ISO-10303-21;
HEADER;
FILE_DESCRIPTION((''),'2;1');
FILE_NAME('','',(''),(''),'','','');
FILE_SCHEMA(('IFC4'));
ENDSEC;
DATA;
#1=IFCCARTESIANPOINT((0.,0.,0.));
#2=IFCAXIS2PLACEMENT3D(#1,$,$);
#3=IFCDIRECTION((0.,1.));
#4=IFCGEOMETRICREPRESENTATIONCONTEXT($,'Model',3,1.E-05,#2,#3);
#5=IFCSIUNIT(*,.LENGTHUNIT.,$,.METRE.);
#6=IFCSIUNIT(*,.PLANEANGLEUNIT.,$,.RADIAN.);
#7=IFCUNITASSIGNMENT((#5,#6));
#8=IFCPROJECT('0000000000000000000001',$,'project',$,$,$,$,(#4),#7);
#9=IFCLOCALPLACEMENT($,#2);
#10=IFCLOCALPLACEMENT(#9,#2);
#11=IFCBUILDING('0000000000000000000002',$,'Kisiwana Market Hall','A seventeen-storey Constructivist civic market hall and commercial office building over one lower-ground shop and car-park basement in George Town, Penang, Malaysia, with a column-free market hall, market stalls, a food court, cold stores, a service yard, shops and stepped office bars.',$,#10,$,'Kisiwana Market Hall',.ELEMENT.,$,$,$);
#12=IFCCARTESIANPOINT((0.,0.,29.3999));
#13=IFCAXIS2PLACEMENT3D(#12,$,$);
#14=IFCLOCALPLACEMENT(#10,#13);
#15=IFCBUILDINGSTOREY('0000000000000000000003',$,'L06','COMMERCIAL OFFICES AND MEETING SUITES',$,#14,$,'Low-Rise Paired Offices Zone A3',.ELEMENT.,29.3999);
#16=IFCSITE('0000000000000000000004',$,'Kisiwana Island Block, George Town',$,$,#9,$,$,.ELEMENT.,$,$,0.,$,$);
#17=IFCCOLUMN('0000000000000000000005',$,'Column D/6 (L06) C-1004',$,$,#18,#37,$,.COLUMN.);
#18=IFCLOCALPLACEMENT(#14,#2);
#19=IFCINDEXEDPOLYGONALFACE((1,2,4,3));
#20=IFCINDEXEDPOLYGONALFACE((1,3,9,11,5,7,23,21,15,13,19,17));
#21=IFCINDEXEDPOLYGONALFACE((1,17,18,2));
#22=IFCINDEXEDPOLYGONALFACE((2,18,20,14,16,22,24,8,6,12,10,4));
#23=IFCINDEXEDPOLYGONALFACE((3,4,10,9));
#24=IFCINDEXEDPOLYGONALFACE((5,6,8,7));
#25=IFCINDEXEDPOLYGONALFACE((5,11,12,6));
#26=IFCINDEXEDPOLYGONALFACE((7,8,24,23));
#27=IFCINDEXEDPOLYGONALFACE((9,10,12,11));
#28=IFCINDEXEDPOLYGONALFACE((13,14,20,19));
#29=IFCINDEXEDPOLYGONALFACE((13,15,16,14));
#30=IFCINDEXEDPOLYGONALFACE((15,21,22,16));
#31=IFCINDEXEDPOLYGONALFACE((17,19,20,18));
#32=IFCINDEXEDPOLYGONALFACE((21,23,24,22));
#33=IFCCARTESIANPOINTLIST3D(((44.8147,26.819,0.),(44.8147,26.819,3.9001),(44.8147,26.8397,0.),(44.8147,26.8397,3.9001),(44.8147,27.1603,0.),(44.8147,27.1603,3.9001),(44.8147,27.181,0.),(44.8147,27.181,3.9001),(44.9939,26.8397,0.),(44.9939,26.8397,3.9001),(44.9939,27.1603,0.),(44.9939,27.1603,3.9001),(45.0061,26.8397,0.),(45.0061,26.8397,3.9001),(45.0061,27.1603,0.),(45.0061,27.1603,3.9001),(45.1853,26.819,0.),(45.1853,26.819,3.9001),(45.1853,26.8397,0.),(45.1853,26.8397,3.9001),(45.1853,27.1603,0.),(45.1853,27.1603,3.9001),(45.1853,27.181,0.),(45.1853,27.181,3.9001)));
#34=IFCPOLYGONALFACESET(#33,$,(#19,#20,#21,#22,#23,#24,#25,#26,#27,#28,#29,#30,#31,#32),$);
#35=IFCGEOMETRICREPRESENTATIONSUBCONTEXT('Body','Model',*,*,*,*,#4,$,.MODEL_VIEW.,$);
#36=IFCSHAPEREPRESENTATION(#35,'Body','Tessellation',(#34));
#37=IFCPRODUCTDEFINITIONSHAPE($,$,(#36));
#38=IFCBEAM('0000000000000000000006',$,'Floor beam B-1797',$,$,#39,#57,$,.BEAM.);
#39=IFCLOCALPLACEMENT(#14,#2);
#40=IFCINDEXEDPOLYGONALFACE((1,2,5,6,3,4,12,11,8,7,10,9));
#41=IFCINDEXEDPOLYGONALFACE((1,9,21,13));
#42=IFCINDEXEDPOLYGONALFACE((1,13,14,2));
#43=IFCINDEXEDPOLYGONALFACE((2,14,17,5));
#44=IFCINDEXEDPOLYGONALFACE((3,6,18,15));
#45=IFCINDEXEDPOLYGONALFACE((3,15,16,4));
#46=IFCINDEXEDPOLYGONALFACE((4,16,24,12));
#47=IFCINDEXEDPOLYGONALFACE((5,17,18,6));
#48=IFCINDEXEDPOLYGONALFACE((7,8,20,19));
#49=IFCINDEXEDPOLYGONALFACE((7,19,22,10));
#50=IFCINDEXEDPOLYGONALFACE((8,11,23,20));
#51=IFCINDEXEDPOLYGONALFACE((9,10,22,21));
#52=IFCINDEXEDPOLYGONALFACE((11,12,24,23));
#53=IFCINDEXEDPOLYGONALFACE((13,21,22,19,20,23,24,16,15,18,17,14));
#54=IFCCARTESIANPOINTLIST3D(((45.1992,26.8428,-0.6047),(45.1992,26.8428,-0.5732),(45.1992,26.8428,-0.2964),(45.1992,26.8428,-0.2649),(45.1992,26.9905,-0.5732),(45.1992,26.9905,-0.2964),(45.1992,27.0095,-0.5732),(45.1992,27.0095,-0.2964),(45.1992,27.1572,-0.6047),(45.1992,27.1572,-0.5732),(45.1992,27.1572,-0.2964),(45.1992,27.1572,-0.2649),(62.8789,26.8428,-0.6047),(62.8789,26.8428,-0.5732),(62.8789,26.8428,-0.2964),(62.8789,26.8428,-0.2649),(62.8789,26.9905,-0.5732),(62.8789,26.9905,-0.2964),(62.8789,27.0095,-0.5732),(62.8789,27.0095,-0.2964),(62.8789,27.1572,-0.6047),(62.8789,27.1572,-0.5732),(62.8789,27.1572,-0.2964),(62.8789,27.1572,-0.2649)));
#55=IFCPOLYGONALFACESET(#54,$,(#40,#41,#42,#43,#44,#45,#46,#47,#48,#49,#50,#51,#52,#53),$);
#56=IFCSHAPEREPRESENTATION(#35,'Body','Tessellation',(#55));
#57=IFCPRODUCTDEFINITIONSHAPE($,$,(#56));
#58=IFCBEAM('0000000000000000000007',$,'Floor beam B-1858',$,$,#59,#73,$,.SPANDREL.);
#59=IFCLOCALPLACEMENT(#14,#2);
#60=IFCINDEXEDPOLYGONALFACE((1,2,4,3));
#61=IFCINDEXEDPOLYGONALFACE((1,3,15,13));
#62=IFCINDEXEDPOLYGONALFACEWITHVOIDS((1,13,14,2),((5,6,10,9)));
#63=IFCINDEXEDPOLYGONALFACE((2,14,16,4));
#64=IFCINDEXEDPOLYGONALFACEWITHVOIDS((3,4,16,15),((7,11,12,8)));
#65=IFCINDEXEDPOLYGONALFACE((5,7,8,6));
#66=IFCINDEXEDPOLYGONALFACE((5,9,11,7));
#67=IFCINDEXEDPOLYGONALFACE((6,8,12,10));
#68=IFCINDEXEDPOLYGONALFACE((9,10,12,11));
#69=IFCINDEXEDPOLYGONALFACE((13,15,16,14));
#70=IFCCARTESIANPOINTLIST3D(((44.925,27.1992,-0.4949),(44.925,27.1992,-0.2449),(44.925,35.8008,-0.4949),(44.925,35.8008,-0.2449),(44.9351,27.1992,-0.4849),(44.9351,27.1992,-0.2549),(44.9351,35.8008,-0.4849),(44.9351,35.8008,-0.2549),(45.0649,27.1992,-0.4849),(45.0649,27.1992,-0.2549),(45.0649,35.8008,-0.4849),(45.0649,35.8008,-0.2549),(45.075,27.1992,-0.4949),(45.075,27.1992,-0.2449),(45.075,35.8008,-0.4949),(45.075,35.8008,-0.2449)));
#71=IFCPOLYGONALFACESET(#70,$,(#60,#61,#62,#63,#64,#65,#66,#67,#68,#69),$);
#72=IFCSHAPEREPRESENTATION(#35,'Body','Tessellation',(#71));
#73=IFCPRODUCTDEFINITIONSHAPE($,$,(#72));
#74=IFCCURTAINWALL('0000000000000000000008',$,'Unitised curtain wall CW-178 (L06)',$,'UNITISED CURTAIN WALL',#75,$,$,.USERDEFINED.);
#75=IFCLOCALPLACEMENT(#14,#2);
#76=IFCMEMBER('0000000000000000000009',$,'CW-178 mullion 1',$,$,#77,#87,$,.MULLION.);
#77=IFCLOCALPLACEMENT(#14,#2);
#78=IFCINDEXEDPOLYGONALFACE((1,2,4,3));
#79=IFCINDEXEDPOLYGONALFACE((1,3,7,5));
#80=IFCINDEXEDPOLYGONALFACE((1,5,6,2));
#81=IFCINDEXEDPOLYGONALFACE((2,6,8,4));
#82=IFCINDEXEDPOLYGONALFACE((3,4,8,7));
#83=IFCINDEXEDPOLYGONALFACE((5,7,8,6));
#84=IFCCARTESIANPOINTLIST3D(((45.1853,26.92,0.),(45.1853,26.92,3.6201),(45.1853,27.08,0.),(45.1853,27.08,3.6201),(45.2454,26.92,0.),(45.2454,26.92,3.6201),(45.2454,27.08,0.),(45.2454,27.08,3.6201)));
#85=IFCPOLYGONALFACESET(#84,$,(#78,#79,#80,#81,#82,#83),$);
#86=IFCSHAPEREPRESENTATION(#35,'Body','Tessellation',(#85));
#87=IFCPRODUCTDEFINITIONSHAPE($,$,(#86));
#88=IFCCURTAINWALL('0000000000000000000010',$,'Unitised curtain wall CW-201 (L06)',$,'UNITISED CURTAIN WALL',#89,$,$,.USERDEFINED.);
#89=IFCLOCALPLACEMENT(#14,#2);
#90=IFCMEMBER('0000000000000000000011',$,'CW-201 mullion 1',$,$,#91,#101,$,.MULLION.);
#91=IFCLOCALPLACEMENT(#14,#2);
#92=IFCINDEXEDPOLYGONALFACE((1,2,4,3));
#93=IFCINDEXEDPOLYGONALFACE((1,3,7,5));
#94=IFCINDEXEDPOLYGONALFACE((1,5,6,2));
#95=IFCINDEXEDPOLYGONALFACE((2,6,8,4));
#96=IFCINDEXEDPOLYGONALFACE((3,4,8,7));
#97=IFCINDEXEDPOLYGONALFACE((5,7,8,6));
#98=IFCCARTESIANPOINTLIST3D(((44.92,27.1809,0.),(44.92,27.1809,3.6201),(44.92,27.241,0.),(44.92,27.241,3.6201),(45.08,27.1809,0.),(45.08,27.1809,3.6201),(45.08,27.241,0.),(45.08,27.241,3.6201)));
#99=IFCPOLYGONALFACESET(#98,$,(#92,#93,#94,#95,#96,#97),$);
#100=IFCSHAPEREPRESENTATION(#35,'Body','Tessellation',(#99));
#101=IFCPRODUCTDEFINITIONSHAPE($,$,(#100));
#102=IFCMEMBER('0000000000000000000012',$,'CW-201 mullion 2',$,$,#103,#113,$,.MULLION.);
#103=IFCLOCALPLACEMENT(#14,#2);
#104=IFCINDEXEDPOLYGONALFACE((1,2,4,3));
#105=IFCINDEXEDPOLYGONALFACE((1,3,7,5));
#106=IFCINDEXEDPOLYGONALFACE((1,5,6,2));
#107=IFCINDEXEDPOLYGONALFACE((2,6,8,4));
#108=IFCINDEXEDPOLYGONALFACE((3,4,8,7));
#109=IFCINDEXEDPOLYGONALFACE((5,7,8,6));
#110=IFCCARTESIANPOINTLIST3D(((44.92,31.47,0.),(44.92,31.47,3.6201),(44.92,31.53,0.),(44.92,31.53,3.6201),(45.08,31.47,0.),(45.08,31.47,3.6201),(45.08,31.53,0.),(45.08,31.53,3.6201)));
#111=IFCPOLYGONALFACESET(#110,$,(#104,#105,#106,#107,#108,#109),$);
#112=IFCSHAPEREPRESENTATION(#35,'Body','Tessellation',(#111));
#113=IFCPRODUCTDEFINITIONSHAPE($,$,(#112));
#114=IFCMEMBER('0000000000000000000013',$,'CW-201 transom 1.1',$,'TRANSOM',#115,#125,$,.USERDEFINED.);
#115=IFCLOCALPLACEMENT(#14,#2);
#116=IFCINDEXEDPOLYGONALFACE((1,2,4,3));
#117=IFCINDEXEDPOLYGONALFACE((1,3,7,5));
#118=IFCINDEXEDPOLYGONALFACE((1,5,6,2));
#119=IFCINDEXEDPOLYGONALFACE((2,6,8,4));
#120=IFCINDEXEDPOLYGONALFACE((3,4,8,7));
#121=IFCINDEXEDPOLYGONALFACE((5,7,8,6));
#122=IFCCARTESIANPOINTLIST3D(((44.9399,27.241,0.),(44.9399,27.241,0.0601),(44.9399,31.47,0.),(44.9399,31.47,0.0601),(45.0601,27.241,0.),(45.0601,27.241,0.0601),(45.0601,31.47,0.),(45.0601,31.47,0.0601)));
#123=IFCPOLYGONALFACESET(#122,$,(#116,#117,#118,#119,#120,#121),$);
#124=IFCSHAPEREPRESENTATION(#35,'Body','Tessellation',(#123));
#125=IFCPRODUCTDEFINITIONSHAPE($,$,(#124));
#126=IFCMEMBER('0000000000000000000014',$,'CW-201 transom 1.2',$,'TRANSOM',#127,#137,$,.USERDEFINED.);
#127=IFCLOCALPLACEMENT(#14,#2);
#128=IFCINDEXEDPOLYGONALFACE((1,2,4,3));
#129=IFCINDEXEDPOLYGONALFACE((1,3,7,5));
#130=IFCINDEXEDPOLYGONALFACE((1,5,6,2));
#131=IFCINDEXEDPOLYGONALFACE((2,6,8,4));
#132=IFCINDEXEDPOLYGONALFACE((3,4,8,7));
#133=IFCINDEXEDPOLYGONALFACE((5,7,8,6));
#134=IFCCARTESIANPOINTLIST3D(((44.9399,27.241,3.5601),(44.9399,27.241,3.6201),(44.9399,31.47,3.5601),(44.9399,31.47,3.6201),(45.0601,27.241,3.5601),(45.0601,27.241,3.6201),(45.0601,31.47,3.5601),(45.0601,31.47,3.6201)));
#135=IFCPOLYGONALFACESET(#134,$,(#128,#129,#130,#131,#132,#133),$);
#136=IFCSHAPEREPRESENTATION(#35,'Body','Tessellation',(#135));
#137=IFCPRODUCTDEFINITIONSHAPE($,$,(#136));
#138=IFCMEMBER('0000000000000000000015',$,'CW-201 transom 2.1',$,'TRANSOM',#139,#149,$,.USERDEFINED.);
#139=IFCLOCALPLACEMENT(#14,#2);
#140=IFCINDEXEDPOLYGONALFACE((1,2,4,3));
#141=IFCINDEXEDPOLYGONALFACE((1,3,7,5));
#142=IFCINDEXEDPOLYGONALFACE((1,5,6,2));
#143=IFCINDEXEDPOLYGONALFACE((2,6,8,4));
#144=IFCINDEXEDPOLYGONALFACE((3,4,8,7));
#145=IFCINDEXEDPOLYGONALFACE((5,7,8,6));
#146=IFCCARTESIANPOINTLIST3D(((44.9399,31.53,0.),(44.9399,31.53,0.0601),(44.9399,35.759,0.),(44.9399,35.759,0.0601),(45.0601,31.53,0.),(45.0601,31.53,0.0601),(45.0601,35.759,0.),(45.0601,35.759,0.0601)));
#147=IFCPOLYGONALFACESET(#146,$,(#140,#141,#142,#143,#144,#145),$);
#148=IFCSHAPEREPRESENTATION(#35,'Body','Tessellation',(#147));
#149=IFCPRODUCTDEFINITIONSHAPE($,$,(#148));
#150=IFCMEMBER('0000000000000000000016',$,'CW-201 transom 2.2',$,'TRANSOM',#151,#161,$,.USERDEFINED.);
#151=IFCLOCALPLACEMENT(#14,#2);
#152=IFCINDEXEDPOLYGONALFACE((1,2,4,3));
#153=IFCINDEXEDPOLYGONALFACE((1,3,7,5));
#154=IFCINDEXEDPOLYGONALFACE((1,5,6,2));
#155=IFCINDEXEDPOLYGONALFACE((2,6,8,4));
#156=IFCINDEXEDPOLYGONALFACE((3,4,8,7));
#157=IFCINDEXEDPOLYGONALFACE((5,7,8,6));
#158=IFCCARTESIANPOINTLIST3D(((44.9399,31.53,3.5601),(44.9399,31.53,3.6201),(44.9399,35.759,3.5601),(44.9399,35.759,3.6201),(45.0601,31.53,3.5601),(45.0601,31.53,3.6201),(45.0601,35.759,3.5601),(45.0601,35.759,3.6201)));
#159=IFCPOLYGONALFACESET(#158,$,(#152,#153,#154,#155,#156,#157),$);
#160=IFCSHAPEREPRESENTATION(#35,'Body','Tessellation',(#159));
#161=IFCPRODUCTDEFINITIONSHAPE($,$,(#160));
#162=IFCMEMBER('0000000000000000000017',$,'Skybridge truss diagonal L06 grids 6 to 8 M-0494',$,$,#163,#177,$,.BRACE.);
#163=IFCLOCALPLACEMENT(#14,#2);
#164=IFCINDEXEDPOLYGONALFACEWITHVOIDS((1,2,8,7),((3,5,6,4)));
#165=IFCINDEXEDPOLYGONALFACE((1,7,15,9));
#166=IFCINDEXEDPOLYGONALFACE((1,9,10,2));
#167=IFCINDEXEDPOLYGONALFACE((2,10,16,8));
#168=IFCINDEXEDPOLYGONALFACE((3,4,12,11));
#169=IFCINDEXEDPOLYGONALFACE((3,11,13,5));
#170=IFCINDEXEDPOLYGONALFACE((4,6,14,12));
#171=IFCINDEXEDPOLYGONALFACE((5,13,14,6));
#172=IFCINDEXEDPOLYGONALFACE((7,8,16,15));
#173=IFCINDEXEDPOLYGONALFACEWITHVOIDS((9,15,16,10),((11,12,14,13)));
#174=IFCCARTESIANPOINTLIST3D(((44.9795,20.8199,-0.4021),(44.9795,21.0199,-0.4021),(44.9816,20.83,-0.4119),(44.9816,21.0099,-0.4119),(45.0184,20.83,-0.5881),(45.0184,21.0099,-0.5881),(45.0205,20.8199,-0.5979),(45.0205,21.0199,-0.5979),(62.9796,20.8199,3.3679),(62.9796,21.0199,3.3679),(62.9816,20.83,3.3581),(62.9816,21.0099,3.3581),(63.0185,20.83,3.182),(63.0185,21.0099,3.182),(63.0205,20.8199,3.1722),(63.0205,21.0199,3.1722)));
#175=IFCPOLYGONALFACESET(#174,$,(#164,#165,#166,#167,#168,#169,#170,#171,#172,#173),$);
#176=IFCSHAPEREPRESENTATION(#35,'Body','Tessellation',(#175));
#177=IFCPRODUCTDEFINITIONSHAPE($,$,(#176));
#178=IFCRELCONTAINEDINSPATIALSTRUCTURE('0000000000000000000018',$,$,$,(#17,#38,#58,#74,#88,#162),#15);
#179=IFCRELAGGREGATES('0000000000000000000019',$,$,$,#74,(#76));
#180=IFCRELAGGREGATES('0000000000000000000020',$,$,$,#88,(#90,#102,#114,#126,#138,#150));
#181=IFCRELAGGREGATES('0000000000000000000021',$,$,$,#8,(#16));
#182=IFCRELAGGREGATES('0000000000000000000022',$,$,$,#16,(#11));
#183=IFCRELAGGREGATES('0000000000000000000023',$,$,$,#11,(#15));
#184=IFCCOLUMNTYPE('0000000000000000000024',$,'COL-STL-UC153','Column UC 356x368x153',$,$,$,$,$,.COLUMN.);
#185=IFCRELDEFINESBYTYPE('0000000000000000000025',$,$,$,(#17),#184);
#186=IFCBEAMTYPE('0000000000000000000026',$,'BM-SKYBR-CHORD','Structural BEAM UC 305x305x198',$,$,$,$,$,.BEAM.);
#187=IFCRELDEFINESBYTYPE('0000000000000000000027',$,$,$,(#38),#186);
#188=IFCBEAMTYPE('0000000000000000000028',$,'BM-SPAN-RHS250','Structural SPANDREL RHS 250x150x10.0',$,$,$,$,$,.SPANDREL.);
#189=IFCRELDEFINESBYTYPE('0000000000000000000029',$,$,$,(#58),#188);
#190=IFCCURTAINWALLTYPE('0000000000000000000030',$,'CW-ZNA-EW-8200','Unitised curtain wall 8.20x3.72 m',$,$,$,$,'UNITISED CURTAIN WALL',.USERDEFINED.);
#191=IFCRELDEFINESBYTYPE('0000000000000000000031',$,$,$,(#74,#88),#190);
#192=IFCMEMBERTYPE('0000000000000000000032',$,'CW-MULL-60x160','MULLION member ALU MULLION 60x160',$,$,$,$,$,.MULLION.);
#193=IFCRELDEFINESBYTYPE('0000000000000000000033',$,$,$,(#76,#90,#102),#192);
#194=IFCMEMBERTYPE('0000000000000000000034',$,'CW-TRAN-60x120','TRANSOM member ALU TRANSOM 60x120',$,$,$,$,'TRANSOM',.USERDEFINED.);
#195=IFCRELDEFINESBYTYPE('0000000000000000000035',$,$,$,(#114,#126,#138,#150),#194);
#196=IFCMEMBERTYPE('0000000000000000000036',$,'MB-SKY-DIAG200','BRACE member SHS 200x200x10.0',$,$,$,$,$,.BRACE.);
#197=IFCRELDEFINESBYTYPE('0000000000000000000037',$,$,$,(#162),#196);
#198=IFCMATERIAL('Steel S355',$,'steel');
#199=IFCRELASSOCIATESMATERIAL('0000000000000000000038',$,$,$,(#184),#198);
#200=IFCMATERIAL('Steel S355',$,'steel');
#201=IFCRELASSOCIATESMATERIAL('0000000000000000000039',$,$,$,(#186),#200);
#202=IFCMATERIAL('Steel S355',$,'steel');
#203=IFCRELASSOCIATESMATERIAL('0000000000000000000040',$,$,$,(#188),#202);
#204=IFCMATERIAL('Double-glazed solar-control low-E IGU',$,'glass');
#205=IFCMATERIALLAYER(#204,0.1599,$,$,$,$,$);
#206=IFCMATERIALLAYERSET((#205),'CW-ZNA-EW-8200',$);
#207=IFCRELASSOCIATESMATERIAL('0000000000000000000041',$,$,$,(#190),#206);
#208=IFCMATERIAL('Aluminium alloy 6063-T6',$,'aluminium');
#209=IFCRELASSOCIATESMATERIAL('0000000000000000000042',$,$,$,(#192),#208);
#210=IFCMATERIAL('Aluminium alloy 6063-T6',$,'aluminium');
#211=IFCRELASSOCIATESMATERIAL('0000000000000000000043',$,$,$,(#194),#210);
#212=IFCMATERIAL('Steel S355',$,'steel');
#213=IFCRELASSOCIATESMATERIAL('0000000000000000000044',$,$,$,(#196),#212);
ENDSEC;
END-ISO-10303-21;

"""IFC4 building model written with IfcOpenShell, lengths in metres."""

from ifc_helpers import new_model, si_unit, direction, frame, origin, origin_2d, place, context, subcontext, project, spatial, rectangle, hollow_rectangle, i_section, extrude, material, layer, layer_set, material_profile, profile_set, type_object, element, aggregate, save


model = new_model("IFC4")

# Units and contexts
model_context = context("Model", 3, precision=1e-05, world=origin(), true_north=direction((0.0, 1.0)))
body_context = subcontext(model_context, "Body", "Model", "MODEL_VIEW")
ifc_project = project(units=[si_unit("LENGTHUNIT", "METRE"), si_unit("PLANEANGLEUNIT", "RADIAN")], contexts=[model_context])

# Site, building, storey
site_placement = place(None, origin())
site = spatial("IfcSite", under=ifc_project, at=site_placement, Name="Kisiwana Island Block, George Town", CompositionType="ELEMENT", RefElevation=0.0)
building_placement = place(site_placement, origin())
building = spatial("IfcBuilding", under=site, at=building_placement, Name="Kisiwana Market Hall", Description="A seventeen-storey Constructivist civic market hall and commercial office building over one lower-ground shop and car-park basement in George Town, Penang, Malaysia, with a column-free market hall, market stalls, a food court, cold stores, a service yard, shops and stepped office bars.", LongName="Kisiwana Market Hall", CompositionType="ELEMENT")
storey_placement = place(building_placement, frame((0.0, 0.0, 29.3999)))
storey = spatial("IfcBuildingStorey", under=building, at=storey_placement, Name="L06", Description="COMMERCIAL OFFICES AND MEETING SUITES", LongName="Low-Rise Paired Offices Zone A3", CompositionType="ELEMENT", Elevation=29.3999)

# Column
ifc_material_1 = material(Name="Steel S355", Category="steel")
ifc_material_profile_1 = material_profile(ifc_material_1, i_section(OverallWidth=0.3706, OverallDepth=0.3621, WebThickness=0.0122, FlangeThickness=0.0208, at=origin_2d()), Name="UC 356x368x153")
ifc_profile_set_1 = profile_set([ifc_material_profile_1], Name="Steel S355")
column_type = type_object("IfcColumnType", Name="COL-STL-UC153", Description="Column UC 356x368x153", PredefinedType="COLUMN", material=ifc_profile_set_1)
column_placement = place(storey_placement, frame((45.0, 27.0, 0.0), z_axis=(0.0, 0.0, 1.0), x_axis=(1.0, 0.0, 0.0)))
element("IfcColumn", 1, at=column_placement, inside=storey, type_object=column_type, Name="Column D/6 (L06) C-1004", PredefinedType="COLUMN", context=body_context, shape_type="SweptSolid", body=[
    extrude(i_section(OverallWidth=0.3706, OverallDepth=0.3621, WebThickness=0.0122, FlangeThickness=0.0208, at=origin_2d()), origin(), (0.0, 0.0, 1.0), 3.9001),
])

# Beams
ifc_material_2 = material(Name="Steel S355", Category="steel")
ifc_material_profile_2 = material_profile(ifc_material_2, i_section(OverallWidth=0.3145, OverallDepth=0.3398, WebThickness=0.019, FlangeThickness=0.0315, at=origin_2d()), Name="UC 305x305x198")
ifc_profile_set_2 = profile_set([ifc_material_profile_2], Name="Steel S355")
beam_type_1 = type_object("IfcBeamType", Name="BM-SKYBR-CHORD", Description="Structural BEAM UC 305x305x198", PredefinedType="BEAM", material=ifc_profile_set_2)
beam_1_placement = place(storey_placement, frame((45.1992, 27.0, -0.4348), z_axis=(1.0, 0.0, 0.0), x_axis=(0.0, 1.0, 0.0)))
element("IfcBeam", 2, at=beam_1_placement, inside=storey, type_object=beam_type_1, Name="Floor beam B-1797", PredefinedType="BEAM", context=body_context, shape_type="SweptSolid", body=[
    extrude(i_section(OverallWidth=0.3145, OverallDepth=0.3398, WebThickness=0.019, FlangeThickness=0.0315, at=origin_2d()), origin(), (0.0, 0.0, 1.0), 17.6797),
])
ifc_material_3 = material(Name="Steel S355", Category="steel")
ifc_material_profile_3 = material_profile(ifc_material_3, hollow_rectangle(XDim=0.1499, YDim=0.25, WallThickness=0.01, at=origin_2d()), Name="RHS 250x150x10.0")
ifc_profile_set_3 = profile_set([ifc_material_profile_3], Name="Steel S355")
beam_type_2 = type_object("IfcBeamType", Name="BM-SPAN-RHS250", Description="Structural SPANDREL RHS 250x150x10.0", PredefinedType="SPANDREL", material=ifc_profile_set_3)
beam_2_placement = place(storey_placement, frame((45.0, 27.1992, -0.3699), z_axis=(0.0, 1.0, 0.0), x_axis=(-1.0, 0.0, 0.0)))
element("IfcBeam", 3, at=beam_2_placement, inside=storey, type_object=beam_type_2, Name="Floor beam B-1858", PredefinedType="SPANDREL", context=body_context, shape_type="SweptSolid", body=[
    extrude(hollow_rectangle(XDim=0.1499, YDim=0.25, WallThickness=0.01, at=origin_2d()), origin(), (0.0, 0.0, 1.0), 8.6016),
])

# Curtain wall, member
ifc_material_4 = material(Name="Double-glazed solar-control low-E IGU", Category="glass")
ifc_layer_1 = layer(ifc_material_4, 0.1599)
ifc_layer_set_1 = layer_set([ifc_layer_1], Name="CW-ZNA-EW-8200")
curtain_wall_type = type_object("IfcCurtainWallType", Name="CW-ZNA-EW-8200", Description="Unitised curtain wall 8.20x3.72 m", ElementType="UNITISED CURTAIN WALL", PredefinedType="USERDEFINED", material=ifc_layer_set_1)
curtain_wall_1_placement = place(storey_placement, origin())
curtain_wall_1 = element("IfcCurtainWall", 4, at=curtain_wall_1_placement, inside=storey, type_object=curtain_wall_type, Name="Unitised curtain wall CW-178 (L06)", ObjectType="UNITISED CURTAIN WALL", PredefinedType="USERDEFINED")
ifc_material_5 = material(Name="Aluminium alloy 6063-T6", Category="aluminium")
ifc_material_profile_4 = material_profile(ifc_material_5, rectangle(XDim=0.0601, YDim=0.1599, at=origin_2d()), Name="ALU MULLION 60x160")
ifc_profile_set_4 = profile_set([ifc_material_profile_4], Name="Aluminium alloy 6063-T6")
member_type_1 = type_object("IfcMemberType", Name="CW-MULL-60x160", Description="MULLION member ALU MULLION 60x160", PredefinedType="MULLION", material=ifc_profile_set_4)
member_1_placement = place(storey_placement, frame((45.2153, 27.0, 0.0), z_axis=(0.0, 0.0, 1.0), x_axis=(1.0, 0.0, 0.0)))
member_1 = element("IfcMember", 5, at=member_1_placement, type_object=member_type_1, Name="CW-178 mullion 1", PredefinedType="MULLION", context=body_context, shape_type="SweptSolid", body=[
    extrude(rectangle(XDim=0.0601, YDim=0.1599, at=origin_2d()), origin(), (0.0, 0.0, 1.0), 3.6201),
])
aggregate(curtain_wall_1, [member_1])

# Curtain wall, members
curtain_wall_2_placement = place(storey_placement, origin())
curtain_wall_2 = element("IfcCurtainWall", 6, at=curtain_wall_2_placement, inside=storey, type_object=curtain_wall_type, Name="Unitised curtain wall CW-201 (L06)", ObjectType="UNITISED CURTAIN WALL", PredefinedType="USERDEFINED")
member_2_placement = place(storey_placement, frame((45.0, 27.2109, 0.0), z_axis=(0.0, 0.0, 1.0), x_axis=(0.0, 1.0, 0.0)))
member_2 = element("IfcMember", 7, at=member_2_placement, type_object=member_type_1, Name="CW-201 mullion 1", PredefinedType="MULLION", context=body_context, shape_type="SweptSolid", body=[
    extrude(rectangle(XDim=0.0601, YDim=0.1599, at=origin_2d()), origin(), (0.0, 0.0, 1.0), 3.6201),
])
member_3_placement = place(storey_placement, frame((45.0, 31.5, 0.0), z_axis=(0.0, 0.0, 1.0), x_axis=(0.0, 1.0, 0.0)))
member_3 = element("IfcMember", 8, at=member_3_placement, type_object=member_type_1, Name="CW-201 mullion 2", PredefinedType="MULLION", context=body_context, shape_type="SweptSolid", body=[
    extrude(rectangle(XDim=0.0601, YDim=0.1599, at=origin_2d()), origin(), (0.0, 0.0, 1.0), 3.6201),
])
ifc_material_6 = material(Name="Aluminium alloy 6063-T6", Category="aluminium")
ifc_material_profile_5 = material_profile(ifc_material_6, rectangle(XDim=0.1201, YDim=0.0601, at=origin_2d()), Name="ALU TRANSOM 60x120")
ifc_profile_set_5 = profile_set([ifc_material_profile_5], Name="Aluminium alloy 6063-T6")
member_type_2 = type_object("IfcMemberType", Name="CW-TRAN-60x120", Description="TRANSOM member ALU TRANSOM 60x120", ElementType="TRANSOM", PredefinedType="USERDEFINED", material=ifc_profile_set_5)
member_4_placement = place(storey_placement, frame((45.0, 27.241, 0.03), z_axis=(0.0, 1.0, 0.0), x_axis=(-1.0, 0.0, 0.0)))
member_4 = element("IfcMember", 9, at=member_4_placement, type_object=member_type_2, Name="CW-201 transom 1.1", ObjectType="TRANSOM", PredefinedType="USERDEFINED", context=body_context, shape_type="SweptSolid", body=[
    extrude(rectangle(XDim=0.1201, YDim=0.0601, at=origin_2d()), origin(), (0.0, 0.0, 1.0), 4.229),
])
member_5_placement = place(storey_placement, frame((45.0, 27.241, 3.5901), z_axis=(0.0, 1.0, 0.0), x_axis=(-1.0, 0.0, 0.0)))
member_5 = element("IfcMember", 10, at=member_5_placement, type_object=member_type_2, Name="CW-201 transom 1.2", ObjectType="TRANSOM", PredefinedType="USERDEFINED", context=body_context, shape_type="SweptSolid", body=[
    extrude(rectangle(XDim=0.1201, YDim=0.0601, at=origin_2d()), origin(), (0.0, 0.0, 1.0), 4.229),
])
member_6_placement = place(storey_placement, frame((45.0, 31.53, 0.03), z_axis=(0.0, 1.0, 0.0), x_axis=(-1.0, 0.0, 0.0)))
member_6 = element("IfcMember", 11, at=member_6_placement, type_object=member_type_2, Name="CW-201 transom 2.1", ObjectType="TRANSOM", PredefinedType="USERDEFINED", context=body_context, shape_type="SweptSolid", body=[
    extrude(rectangle(XDim=0.1201, YDim=0.0601, at=origin_2d()), origin(), (0.0, 0.0, 1.0), 4.229),
])
member_7_placement = place(storey_placement, frame((45.0, 31.53, 3.5901), z_axis=(0.0, 1.0, 0.0), x_axis=(-1.0, 0.0, 0.0)))
member_7 = element("IfcMember", 12, at=member_7_placement, type_object=member_type_2, Name="CW-201 transom 2.2", ObjectType="TRANSOM", PredefinedType="USERDEFINED", context=body_context, shape_type="SweptSolid", body=[
    extrude(rectangle(XDim=0.1201, YDim=0.0601, at=origin_2d()), origin(), (0.0, 0.0, 1.0), 4.229),
])

# Member
ifc_material_7 = material(Name="Steel S355", Category="steel")
ifc_material_profile_6 = material_profile(ifc_material_7, hollow_rectangle(XDim=0.2, YDim=0.2, WallThickness=0.01, at=origin_2d()), Name="SHS 200x200x10.0")
ifc_profile_set_6 = profile_set([ifc_material_profile_6], Name="Steel S355")
member_type_3 = type_object("IfcMemberType", Name="MB-SKY-DIAG200", Description="BRACE member SHS 200x200x10.0", PredefinedType="BRACE", material=ifc_profile_set_6)
for number, where, z_axis, x_axis, name in (
    (13, (45.0, 20.9199, -0.5), (0.978763, 0.0, 0.204997), (0.0, 1.0, 0.0), "Skybridge truss diagonal L06 grids 6 to 8 M-0494"),
):
    element("IfcMember", number, at=place(storey_placement, frame(where, z_axis=z_axis, x_axis=x_axis)), inside=storey, type_object=member_type_3, Name=name, PredefinedType="BRACE", context=body_context, shape_type="SweptSolid", body=[
        extrude(hollow_rectangle(XDim=0.2, YDim=0.2, WallThickness=0.01, at=origin_2d()), origin(), (0.0, 0.0, 1.0), 18.3906),
    ])

aggregate(curtain_wall_2, [member_2, member_3, member_4, member_5, member_6, member_7])

save(model, "model.ifc")
